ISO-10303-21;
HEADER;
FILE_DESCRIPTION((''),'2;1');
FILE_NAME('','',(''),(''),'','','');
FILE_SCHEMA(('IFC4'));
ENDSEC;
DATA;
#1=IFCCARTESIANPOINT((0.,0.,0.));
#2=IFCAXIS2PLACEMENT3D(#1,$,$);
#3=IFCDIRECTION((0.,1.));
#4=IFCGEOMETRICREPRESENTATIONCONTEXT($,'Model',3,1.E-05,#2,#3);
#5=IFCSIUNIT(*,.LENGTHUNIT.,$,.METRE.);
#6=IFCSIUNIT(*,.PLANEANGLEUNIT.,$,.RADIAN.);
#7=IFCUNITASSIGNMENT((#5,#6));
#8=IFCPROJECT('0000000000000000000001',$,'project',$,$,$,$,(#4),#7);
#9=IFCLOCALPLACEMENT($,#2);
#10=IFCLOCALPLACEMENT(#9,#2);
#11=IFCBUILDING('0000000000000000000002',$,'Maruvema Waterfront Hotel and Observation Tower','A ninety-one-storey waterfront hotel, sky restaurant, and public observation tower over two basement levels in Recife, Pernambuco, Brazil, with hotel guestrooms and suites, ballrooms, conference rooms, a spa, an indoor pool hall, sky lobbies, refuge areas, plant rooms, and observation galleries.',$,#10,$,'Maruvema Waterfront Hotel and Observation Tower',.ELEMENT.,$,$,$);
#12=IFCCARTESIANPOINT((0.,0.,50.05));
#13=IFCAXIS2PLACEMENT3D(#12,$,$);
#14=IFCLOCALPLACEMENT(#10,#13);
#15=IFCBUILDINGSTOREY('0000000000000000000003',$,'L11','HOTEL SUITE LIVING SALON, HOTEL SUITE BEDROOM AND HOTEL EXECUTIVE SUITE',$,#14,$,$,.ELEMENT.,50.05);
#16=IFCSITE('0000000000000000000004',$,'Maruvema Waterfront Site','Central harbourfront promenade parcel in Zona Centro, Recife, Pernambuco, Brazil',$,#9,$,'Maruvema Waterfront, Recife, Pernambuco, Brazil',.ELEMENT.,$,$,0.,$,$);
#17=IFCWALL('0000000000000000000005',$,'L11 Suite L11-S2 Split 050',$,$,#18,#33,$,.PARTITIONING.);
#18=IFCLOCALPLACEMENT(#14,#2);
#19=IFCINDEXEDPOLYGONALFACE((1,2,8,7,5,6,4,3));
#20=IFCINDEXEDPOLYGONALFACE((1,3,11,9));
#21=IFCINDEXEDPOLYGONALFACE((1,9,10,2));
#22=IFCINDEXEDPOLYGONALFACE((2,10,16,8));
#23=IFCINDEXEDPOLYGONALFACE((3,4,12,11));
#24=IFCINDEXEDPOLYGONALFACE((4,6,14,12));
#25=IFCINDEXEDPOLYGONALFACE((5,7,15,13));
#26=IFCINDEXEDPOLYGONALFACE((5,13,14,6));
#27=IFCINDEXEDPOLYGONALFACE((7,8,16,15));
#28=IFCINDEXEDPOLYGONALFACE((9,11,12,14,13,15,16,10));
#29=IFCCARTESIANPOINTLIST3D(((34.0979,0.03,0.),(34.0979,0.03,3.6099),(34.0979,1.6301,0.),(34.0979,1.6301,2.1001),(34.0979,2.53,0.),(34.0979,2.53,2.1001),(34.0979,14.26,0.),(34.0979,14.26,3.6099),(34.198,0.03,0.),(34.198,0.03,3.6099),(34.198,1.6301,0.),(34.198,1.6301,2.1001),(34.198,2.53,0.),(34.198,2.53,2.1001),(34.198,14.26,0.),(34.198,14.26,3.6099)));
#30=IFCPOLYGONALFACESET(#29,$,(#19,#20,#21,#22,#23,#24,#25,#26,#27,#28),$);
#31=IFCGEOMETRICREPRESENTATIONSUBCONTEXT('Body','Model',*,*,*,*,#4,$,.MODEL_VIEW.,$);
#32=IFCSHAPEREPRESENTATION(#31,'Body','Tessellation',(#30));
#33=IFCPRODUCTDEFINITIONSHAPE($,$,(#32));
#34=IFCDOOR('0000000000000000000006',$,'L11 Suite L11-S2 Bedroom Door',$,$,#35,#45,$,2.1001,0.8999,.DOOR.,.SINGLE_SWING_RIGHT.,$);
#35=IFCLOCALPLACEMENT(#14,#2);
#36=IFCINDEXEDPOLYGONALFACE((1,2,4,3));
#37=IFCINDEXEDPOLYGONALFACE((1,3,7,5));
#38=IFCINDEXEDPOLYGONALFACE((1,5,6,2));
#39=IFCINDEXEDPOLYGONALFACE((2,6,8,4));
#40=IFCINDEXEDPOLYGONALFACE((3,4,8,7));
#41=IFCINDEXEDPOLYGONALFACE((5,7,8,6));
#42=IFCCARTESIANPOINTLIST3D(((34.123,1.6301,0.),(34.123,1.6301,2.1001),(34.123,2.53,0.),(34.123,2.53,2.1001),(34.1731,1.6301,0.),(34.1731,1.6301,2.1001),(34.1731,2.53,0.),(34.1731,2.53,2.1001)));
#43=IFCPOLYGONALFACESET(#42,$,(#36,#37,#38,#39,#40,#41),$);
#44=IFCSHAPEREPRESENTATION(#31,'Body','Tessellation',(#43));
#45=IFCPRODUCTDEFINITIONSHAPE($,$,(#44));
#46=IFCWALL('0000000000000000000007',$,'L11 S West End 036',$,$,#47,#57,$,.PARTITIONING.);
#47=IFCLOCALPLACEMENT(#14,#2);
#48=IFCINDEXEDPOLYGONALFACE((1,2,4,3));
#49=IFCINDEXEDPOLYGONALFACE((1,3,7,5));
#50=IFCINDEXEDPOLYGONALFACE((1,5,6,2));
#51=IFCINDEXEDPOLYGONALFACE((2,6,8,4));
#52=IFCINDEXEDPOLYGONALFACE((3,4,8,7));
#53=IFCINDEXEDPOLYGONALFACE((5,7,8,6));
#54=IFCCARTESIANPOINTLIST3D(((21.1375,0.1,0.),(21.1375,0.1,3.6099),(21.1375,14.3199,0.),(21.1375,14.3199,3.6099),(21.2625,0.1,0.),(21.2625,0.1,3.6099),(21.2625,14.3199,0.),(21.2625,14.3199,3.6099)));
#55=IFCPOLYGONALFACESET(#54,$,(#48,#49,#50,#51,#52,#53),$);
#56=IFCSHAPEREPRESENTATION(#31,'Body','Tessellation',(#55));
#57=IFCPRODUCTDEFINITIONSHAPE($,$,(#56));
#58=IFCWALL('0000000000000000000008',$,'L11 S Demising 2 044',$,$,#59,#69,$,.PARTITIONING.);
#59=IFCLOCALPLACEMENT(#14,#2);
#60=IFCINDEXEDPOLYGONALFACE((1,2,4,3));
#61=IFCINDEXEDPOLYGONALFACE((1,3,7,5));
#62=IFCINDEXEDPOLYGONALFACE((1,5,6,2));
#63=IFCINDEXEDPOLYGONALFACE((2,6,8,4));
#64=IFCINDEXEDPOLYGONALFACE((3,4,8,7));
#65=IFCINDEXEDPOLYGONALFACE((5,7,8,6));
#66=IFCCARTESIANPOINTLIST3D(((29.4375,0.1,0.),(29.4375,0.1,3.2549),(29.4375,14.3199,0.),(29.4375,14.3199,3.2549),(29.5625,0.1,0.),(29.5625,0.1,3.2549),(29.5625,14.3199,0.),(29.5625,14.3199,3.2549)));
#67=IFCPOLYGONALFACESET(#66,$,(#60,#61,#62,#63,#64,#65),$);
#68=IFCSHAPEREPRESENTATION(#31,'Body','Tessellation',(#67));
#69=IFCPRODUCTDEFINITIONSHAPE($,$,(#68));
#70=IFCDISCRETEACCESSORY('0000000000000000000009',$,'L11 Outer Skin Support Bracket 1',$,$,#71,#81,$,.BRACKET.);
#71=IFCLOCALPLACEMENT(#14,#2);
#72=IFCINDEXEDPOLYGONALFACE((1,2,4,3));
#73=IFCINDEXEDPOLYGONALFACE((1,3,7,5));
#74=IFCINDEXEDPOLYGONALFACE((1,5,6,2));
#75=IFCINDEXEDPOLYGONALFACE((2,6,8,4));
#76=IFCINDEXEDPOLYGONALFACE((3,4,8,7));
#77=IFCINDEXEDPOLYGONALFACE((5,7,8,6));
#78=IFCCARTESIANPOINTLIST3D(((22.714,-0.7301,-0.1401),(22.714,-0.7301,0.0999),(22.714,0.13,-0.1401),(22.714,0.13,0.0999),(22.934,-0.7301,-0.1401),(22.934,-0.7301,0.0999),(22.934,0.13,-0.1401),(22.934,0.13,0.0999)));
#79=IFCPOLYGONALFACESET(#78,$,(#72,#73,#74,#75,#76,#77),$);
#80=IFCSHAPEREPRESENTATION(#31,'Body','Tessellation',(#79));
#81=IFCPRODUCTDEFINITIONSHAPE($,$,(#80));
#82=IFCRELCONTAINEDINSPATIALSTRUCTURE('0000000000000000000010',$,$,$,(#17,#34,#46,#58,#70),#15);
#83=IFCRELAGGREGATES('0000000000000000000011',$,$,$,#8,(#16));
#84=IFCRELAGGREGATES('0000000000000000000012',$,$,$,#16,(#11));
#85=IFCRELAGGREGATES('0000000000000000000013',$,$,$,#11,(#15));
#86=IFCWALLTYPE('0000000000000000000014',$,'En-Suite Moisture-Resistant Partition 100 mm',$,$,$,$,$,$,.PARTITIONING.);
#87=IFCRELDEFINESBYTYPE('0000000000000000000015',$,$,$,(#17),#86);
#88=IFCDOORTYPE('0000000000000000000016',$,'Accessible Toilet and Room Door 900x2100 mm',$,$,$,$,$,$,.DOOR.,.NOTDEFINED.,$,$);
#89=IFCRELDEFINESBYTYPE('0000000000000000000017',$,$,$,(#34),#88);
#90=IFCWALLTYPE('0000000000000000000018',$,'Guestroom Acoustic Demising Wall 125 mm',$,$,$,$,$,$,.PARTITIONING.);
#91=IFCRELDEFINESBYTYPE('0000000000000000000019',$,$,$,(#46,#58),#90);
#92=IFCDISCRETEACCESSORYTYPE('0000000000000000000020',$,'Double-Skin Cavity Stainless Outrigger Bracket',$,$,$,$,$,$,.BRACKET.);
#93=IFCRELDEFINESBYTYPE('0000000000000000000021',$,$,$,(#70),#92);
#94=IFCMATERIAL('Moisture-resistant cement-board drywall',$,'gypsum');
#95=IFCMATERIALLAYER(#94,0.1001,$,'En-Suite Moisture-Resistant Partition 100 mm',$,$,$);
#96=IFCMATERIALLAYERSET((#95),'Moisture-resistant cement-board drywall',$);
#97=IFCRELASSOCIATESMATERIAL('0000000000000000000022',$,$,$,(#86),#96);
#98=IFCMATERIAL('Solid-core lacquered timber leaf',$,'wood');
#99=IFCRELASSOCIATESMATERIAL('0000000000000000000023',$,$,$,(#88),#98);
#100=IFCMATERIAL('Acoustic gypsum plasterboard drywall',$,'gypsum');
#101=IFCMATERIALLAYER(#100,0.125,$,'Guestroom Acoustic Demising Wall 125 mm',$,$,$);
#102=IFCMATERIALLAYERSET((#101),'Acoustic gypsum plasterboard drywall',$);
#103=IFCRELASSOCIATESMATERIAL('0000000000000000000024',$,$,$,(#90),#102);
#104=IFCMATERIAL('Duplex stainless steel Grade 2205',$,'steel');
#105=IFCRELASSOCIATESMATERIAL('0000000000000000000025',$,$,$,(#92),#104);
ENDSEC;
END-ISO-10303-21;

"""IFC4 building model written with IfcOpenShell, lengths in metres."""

from ifc_helpers import new_model, si_unit, direction, frame, frame_2d, origin, origin_2d, place, context, subcontext, project, spatial, rectangle, extrude, material, layer, layer_set, type_object, element, fill, save


model = new_model("IFC4")

# Units and contexts
model_context = context("Model", 3, precision=1e-05, world=origin(), true_north=direction((0.0, 1.0)))
body_context = subcontext(model_context, "Body", "Model", "MODEL_VIEW")
ifc_project = project(units=[si_unit("LENGTHUNIT", "METRE"), si_unit("PLANEANGLEUNIT", "RADIAN")], contexts=[model_context])

# Site, building, storey
site_placement = place(None, origin())
site = spatial("IfcSite", under=ifc_project, at=site_placement, Name="Maruvema Waterfront Site", Description="Central harbourfront promenade parcel in Zona Centro, Recife, Pernambuco, Brazil", LongName="Maruvema Waterfront, Recife, Pernambuco, Brazil", CompositionType="ELEMENT", RefElevation=0.0)
building_placement = place(site_placement, origin())
building = spatial("IfcBuilding", under=site, at=building_placement, Name="Maruvema Waterfront Hotel and Observation Tower", Description="A ninety-one-storey waterfront hotel, sky restaurant, and public observation tower over two basement levels in Recife, Pernambuco, Brazil, with hotel guestrooms and suites, ballrooms, conference rooms, a spa, an indoor pool hall, sky lobbies, refuge areas, plant rooms, and observation galleries.", LongName="Maruvema Waterfront Hotel and Observation Tower", CompositionType="ELEMENT")
storey_placement = place(building_placement, frame((0.0, 0.0, 50.05)))
storey = spatial("IfcBuildingStorey", under=building, at=storey_placement, Name="L11", Description="HOTEL SUITE LIVING SALON, HOTEL SUITE BEDROOM AND HOTEL EXECUTIVE SUITE", CompositionType="ELEMENT", Elevation=50.05)

# Shared definitions
ifc_material_1 = material(Name="Moisture-resistant cement-board drywall", Category="gypsum")
ifc_layer_1 = layer(ifc_material_1, 0.1001, Name="En-Suite Moisture-Resistant Partition 100 mm")
ifc_layer_set_1 = layer_set([ifc_layer_1], Name="Moisture-resistant cement-board drywall")
wall_type_1 = type_object("IfcWallType", Name="En-Suite Moisture-Resistant Partition 100 mm", PredefinedType="PARTITIONING", material=ifc_layer_set_1)

# Shared definitions
ifc_material_2 = material(Name="Solid-core lacquered timber leaf", Category="wood")
door_type = type_object("IfcDoorType", Name="Accessible Toilet and Room Door 900x2100 mm", OperationType="NOTDEFINED", PredefinedType="DOOR", material=ifc_material_2)

# Wall, opening, door
wall_1_placement = place(storey_placement, frame((34.1479, 0.03, 0.0), z_axis=(0.0, 0.0, 1.0), x_axis=(0.0, 1.0, 0.0)))
wall_1 = element("IfcWall", 1, at=wall_1_placement, inside=storey, type_object=wall_type_1, Name="L11 Suite L11-S2 Split 050", PredefinedType="PARTITIONING", context=body_context, shape_type="SweptSolid", body=[
    extrude(rectangle(XDim=14.23, YDim=0.1001, at=frame_2d((7.115, 0.0))), origin(), (0.0, 0.0, 1.0), 3.6099),
])
opening_1_placement = place(wall_1_placement, frame((1.6001, 0.0, 0.0)))
opening_1 = element("IfcOpeningElement", 2, at=opening_1_placement, cuts=wall_1, PredefinedType="OPENING", context=body_context, shape_type="SweptSolid", body=[
    extrude(rectangle(XDim=0.8999, YDim=2.1001, at=frame_2d((0.45, 1.05))), frame((0.0, 0.0601, 0.0), z_axis=(0.0, -1.0, 0.0), x_axis=(1.0, 0.0, 0.0)), (0.0, 0.0, 1.0), 0.1201),
])
door_1_placement = place(opening_1_placement, origin())
door_1 = element("IfcDoor", 3, at=door_1_placement, inside=storey, type_object=door_type, Name="L11 Suite L11-S2 Bedroom Door", OperationType="SINGLE_SWING_RIGHT", OverallHeight=2.1001, OverallWidth=0.8999, PredefinedType="DOOR", context=body_context, shape_type="SweptSolid", body=[
    extrude(rectangle(XDim=0.8999, YDim=2.1001, at=frame_2d((0.45, 1.05))), frame((0.0, 0.0249, 0.0), z_axis=(0.0, -1.0, 0.0), x_axis=(1.0, 0.0, 0.0)), (0.0, 0.0, 1.0), 0.05),
])
fill(opening_1, door_1)

# Walls
ifc_material_3 = material(Name="Acoustic gypsum plasterboard drywall", Category="gypsum")
ifc_layer_2 = layer(ifc_material_3, 0.125, Name="Guestroom Acoustic Demising Wall 125 mm")
ifc_layer_set_2 = layer_set([ifc_layer_2], Name="Acoustic gypsum plasterboard drywall")
wall_type_2 = type_object("IfcWallType", Name="Guestroom Acoustic Demising Wall 125 mm", PredefinedType="PARTITIONING", material=ifc_layer_set_2)
wall_2_placement = place(storey_placement, frame((21.2, 0.1001, 0.0), z_axis=(0.0, 0.0, 1.0), x_axis=(0.0, 1.0, 0.0)))
element("IfcWall", 4, at=wall_2_placement, inside=storey, type_object=wall_type_2, Name="L11 S West End 036", PredefinedType="PARTITIONING", context=body_context, shape_type="SweptSolid", body=[
    extrude(rectangle(XDim=14.22, YDim=0.125, at=frame_2d((7.1099, 0.0))), origin(), (0.0, 0.0, 1.0), 3.6099),
])
wall_3_placement = place(storey_placement, frame((29.5, 0.1001, 0.0), z_axis=(0.0, 0.0, 1.0), x_axis=(0.0, 1.0, 0.0)))
element("IfcWall", 5, at=wall_3_placement, inside=storey, type_object=wall_type_2, Name="L11 S Demising 2 044", PredefinedType="PARTITIONING", context=body_context, shape_type="SweptSolid", body=[
    extrude(rectangle(XDim=14.22, YDim=0.125, at=frame_2d((7.1099, 0.0))), origin(), (0.0, 0.0, 1.0), 3.2549),
])

# Discrete accessory
ifc_material_4 = material(Name="Duplex stainless steel Grade 2205", Category="steel")
discrete_accessory_type = type_object("IfcDiscreteAccessoryType", Name="Double-Skin Cavity Stainless Outrigger Bracket", PredefinedType="BRACKET", material=ifc_material_4)
discrete_accessory_placement = place(storey_placement, frame((22.824, -0.3, -0.1401), z_axis=(0.0, 0.0, 1.0), x_axis=(1.0, 0.0, 0.0)))
element("IfcDiscreteAccessory", 6, at=discrete_accessory_placement, inside=storey, type_object=discrete_accessory_type, Name="L11 Outer Skin Support Bracket 1", PredefinedType="BRACKET", context=body_context, shape_type="SweptSolid", body=[
    extrude(rectangle(XDim=0.22, YDim=0.8601, at=origin_2d()), origin(), (0.0, 0.0, 1.0), 0.24),
])

save(model, "model.ifc")
